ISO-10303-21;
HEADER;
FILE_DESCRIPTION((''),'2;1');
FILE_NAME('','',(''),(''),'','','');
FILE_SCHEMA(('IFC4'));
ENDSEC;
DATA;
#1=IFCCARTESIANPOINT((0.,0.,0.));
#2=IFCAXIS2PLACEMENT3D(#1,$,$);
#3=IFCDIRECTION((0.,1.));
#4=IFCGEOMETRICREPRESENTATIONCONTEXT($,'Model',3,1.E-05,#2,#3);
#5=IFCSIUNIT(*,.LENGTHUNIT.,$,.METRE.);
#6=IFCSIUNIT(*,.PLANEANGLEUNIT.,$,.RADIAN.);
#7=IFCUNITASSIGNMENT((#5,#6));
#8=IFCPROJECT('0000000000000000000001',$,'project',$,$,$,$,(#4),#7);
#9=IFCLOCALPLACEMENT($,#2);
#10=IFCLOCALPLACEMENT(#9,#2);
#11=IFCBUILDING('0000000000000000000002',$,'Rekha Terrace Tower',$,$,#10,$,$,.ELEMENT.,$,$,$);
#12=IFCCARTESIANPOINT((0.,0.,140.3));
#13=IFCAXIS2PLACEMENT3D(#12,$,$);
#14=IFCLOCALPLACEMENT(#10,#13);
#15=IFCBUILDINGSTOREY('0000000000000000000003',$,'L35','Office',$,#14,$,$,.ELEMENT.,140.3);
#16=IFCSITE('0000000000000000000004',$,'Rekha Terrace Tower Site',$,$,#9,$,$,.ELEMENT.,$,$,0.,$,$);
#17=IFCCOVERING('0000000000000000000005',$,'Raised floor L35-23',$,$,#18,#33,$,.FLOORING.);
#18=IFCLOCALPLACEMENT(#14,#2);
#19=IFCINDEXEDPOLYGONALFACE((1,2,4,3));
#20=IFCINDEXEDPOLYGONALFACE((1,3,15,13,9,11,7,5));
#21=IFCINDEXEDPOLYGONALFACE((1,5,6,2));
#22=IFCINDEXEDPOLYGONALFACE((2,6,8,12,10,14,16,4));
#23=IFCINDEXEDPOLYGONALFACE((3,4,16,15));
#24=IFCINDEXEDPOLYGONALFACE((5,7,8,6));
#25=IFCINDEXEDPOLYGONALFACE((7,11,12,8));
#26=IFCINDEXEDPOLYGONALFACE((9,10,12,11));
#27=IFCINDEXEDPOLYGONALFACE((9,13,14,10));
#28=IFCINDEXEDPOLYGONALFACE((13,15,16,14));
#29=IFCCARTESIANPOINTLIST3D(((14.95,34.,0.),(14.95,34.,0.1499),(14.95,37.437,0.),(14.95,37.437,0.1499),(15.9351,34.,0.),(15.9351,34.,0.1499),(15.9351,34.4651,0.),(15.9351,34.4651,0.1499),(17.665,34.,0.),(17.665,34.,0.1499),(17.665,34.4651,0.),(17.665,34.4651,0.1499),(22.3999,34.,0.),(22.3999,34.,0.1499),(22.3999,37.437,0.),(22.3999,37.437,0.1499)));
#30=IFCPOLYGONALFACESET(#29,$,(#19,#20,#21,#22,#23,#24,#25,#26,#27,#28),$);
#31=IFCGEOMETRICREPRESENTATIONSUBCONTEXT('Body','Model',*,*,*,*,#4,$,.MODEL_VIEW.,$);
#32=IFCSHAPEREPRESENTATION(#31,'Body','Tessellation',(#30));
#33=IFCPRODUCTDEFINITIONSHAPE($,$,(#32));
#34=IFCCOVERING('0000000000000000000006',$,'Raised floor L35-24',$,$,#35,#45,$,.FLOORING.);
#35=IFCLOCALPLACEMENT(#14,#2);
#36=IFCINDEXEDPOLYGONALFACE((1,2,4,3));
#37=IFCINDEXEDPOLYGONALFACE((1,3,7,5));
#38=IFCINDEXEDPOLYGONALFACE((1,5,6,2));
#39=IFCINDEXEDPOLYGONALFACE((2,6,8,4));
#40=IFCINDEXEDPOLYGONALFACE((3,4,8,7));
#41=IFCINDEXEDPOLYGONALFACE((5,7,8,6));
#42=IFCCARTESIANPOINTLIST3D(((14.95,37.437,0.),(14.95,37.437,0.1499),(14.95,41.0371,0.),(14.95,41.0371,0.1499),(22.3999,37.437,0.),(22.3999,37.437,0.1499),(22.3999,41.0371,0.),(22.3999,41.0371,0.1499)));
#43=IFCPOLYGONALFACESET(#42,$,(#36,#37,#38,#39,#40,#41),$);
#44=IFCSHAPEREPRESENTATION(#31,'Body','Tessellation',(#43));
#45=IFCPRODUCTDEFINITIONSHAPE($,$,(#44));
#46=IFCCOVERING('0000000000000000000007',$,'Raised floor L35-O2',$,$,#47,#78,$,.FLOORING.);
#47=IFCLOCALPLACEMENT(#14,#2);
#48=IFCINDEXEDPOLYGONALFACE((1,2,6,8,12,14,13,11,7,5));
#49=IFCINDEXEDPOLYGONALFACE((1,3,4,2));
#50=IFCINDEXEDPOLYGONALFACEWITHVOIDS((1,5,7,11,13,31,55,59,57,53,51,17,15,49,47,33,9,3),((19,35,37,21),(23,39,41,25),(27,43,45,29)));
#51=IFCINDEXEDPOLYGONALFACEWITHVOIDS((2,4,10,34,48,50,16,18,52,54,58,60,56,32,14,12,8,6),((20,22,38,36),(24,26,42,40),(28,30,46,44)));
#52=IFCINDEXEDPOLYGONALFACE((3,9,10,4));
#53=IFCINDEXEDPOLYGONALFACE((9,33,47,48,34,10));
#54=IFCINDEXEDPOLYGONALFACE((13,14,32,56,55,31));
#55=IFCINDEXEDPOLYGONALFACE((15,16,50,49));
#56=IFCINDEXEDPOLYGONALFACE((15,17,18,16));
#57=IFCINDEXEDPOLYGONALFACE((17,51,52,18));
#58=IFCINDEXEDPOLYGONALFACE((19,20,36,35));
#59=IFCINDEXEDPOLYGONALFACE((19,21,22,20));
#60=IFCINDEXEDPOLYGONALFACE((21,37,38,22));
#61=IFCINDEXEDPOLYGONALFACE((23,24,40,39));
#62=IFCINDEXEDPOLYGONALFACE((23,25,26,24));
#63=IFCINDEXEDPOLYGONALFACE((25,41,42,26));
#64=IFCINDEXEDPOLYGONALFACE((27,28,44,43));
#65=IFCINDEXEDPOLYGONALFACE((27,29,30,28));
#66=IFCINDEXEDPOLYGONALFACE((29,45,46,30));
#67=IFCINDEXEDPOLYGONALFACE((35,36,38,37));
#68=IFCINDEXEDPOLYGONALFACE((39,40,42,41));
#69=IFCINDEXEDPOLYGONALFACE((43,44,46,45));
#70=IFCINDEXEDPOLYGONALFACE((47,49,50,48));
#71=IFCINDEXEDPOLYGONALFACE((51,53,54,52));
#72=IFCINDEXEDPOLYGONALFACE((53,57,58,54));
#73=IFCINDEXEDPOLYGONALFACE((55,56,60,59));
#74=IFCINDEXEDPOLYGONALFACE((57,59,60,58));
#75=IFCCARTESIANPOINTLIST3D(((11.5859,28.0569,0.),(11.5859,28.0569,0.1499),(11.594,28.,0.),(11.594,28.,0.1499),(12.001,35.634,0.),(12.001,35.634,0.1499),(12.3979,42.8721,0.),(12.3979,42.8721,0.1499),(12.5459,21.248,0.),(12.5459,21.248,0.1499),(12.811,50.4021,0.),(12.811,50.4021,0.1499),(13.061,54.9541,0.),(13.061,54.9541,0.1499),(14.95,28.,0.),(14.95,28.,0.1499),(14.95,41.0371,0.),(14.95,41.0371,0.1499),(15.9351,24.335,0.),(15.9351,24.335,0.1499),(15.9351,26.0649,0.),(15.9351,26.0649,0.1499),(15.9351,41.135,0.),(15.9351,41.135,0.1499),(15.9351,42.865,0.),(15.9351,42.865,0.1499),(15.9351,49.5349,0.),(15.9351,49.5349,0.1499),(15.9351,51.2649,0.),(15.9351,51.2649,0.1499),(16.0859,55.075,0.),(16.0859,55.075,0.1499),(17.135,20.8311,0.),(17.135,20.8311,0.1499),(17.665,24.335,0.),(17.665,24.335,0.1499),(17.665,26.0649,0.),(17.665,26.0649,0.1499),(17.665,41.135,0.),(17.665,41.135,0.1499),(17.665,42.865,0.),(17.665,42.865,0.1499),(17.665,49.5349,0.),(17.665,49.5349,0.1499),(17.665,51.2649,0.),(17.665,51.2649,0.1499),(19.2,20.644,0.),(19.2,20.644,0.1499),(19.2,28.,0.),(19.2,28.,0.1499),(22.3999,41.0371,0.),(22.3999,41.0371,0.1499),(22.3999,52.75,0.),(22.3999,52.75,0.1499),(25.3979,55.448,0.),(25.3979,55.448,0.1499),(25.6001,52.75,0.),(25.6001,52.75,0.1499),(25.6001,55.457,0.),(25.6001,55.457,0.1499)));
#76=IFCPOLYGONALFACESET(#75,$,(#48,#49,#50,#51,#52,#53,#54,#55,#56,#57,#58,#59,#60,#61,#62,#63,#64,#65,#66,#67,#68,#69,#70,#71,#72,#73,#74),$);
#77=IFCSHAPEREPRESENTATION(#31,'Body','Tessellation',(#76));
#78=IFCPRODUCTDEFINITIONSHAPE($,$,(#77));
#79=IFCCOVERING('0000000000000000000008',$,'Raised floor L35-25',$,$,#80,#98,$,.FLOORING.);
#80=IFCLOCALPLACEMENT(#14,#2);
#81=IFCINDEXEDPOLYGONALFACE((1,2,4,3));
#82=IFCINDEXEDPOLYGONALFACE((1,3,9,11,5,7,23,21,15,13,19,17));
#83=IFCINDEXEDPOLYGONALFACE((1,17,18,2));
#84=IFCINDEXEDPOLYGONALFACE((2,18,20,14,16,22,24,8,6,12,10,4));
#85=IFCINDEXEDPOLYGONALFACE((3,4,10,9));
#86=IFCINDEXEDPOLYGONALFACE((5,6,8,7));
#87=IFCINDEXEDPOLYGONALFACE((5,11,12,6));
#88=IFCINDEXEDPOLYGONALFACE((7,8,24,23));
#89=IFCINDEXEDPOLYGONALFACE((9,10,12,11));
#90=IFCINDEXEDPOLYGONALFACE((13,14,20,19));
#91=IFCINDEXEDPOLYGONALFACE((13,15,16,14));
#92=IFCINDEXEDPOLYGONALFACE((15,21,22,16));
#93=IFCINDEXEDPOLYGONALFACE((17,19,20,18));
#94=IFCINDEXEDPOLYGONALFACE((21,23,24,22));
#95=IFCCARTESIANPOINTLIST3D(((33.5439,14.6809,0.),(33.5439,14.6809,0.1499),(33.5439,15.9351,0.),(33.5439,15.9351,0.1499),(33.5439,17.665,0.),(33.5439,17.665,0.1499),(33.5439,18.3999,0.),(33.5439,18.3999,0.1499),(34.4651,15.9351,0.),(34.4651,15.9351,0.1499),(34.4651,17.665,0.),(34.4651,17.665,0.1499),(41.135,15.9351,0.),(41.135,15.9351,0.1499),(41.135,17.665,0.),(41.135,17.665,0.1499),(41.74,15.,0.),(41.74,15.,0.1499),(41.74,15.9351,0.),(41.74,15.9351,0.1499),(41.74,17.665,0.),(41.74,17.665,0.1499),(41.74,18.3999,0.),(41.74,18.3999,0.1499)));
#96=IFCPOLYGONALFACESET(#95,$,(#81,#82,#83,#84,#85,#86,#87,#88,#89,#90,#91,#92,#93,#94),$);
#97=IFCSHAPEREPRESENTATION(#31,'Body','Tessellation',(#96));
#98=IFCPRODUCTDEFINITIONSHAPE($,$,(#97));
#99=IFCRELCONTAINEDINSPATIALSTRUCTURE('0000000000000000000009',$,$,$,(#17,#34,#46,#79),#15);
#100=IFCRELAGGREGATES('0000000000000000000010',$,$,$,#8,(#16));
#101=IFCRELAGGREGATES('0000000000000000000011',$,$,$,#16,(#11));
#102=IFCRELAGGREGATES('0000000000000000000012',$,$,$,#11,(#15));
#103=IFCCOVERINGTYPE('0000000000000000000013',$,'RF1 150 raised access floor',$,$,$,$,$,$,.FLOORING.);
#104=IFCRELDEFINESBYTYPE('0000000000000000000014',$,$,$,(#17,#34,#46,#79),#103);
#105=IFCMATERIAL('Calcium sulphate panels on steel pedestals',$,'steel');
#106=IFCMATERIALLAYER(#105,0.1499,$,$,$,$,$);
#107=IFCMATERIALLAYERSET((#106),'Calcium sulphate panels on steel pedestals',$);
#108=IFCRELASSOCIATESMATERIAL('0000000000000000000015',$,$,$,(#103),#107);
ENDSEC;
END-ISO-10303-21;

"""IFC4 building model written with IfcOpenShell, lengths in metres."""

from ifc_helpers import new_model, si_unit, direction, frame, origin, place, context, subcontext, project, spatial, polyline, outline, extrude, material, layer, layer_set, type_object, element, save


model = new_model("IFC4")

# Units and contexts
model_context = context("Model", 3, precision=1e-05, world=origin(), true_north=direction((0.0, 1.0)))
body_context = subcontext(model_context, "Body", "Model", "MODEL_VIEW")
ifc_project = project(units=[si_unit("LENGTHUNIT", "METRE"), si_unit("PLANEANGLEUNIT", "RADIAN")], contexts=[model_context])

# Site, building, storey
site_placement = place(None, origin())
site = spatial("IfcSite", under=ifc_project, at=site_placement, Name="Rekha Terrace Tower Site", CompositionType="ELEMENT", RefElevation=0.0)
building_placement = place(site_placement, origin())
building = spatial("IfcBuilding", under=site, at=building_placement, Name="Rekha Terrace Tower", CompositionType="ELEMENT")
storey_placement = place(building_placement, frame((0.0, 0.0, 140.3)))
storey = spatial("IfcBuildingStorey", under=building, at=storey_placement, Name="L35", Description="Office", CompositionType="ELEMENT", Elevation=140.3)

# Coverings
ifc_material_1 = material(Name="Calcium sulphate panels on steel pedestals", Category="steel")
ifc_layer_1 = layer(ifc_material_1, 0.1499)
ifc_layer_set_1 = layer_set([ifc_layer_1], Name="Calcium sulphate panels on steel pedestals")
covering_type_1 = type_object("IfcCoveringType", Name="RF1 150 raised access floor", PredefinedType="FLOORING", material=ifc_layer_set_1)
covering_1_placement = place(storey_placement, origin())
element("IfcCovering", 1, at=covering_1_placement, inside=storey, type_object=covering_type_1, Name="Raised floor L35-23", PredefinedType="FLOORING", context=body_context, shape_type="SweptSolid", body=[
    extrude(outline(polyline([(22.3999, 37.437), (14.95, 37.437), (14.95, 34.0), (15.9351, 34.0), (15.9351, 34.4651), (17.665, 34.4651), (17.665, 34.0), (22.3999, 34.0), (22.3999, 37.437)])), origin(), (0.0, 0.0, 1.0), 0.1499),
])
covering_2_placement = place(storey_placement, origin())
element("IfcCovering", 2, at=covering_2_placement, inside=storey, type_object=covering_type_1, Name="Raised floor L35-24", PredefinedType="FLOORING", context=body_context, shape_type="SweptSolid", body=[
    extrude(outline(polyline([(22.3999, 41.0371), (14.95, 41.0371), (14.95, 37.437), (22.3999, 37.437), (22.3999, 41.0371)])), origin(), (0.0, 0.0, 1.0), 0.1499),
])
covering_3_placement = place(storey_placement, origin())
element("IfcCovering", 3, at=covering_3_placement, inside=storey, type_object=covering_type_1, Name="Raised floor L35-O2", PredefinedType="FLOORING", context=body_context, shape_type="SweptSolid", body=[
    extrude(outline(polyline([(11.5859, 28.0569), (11.594, 28.0), (12.5459, 21.248), (17.135, 20.8311), (19.2, 20.644), (19.2, 28.0), (14.95, 28.0), (14.95, 41.0371), (22.3999, 41.0371), (22.3999, 52.75), (25.6001, 52.75), (25.6001, 55.457), (25.3979, 55.448), (16.0859, 55.075), (13.061, 54.9541), (12.811, 50.4021), (12.3979, 42.8721), (12.001, 35.634), (11.5859, 28.0569)]), holes=[polyline([(17.665, 26.0649), (17.665, 24.335), (15.9351, 24.335), (15.9351, 26.0649), (17.665, 26.0649)]), polyline([(17.665, 41.135), (15.9351, 41.135), (15.9351, 42.865), (17.665, 42.865), (17.665, 41.135)]), polyline([(17.665, 49.5349), (15.9351, 49.5349), (15.9351, 51.2649), (17.665, 51.2649), (17.665, 49.5349)])]), origin(), (0.0, 0.0, 1.0), 0.1499),
])
covering_4_placement = place(storey_placement, origin())
element("IfcCovering", 4, at=covering_4_placement, inside=storey, type_object=covering_type_1, Name="Raised floor L35-25", PredefinedType="FLOORING", context=body_context, shape_type="SweptSolid", body=[
    extrude(outline(polyline([(41.135, 17.665), (41.74, 17.665), (41.74, 18.3999), (33.5439, 18.3999), (33.5439, 17.665), (34.4651, 17.665), (34.4651, 15.9351), (33.5439, 15.9351), (33.5439, 14.6809), (41.74, 15.0), (41.74, 15.9351), (41.135, 15.9351), (41.135, 17.665)])), origin(), (0.0, 0.0, 1.0), 0.1499),
])

save(model, "model.ifc")
